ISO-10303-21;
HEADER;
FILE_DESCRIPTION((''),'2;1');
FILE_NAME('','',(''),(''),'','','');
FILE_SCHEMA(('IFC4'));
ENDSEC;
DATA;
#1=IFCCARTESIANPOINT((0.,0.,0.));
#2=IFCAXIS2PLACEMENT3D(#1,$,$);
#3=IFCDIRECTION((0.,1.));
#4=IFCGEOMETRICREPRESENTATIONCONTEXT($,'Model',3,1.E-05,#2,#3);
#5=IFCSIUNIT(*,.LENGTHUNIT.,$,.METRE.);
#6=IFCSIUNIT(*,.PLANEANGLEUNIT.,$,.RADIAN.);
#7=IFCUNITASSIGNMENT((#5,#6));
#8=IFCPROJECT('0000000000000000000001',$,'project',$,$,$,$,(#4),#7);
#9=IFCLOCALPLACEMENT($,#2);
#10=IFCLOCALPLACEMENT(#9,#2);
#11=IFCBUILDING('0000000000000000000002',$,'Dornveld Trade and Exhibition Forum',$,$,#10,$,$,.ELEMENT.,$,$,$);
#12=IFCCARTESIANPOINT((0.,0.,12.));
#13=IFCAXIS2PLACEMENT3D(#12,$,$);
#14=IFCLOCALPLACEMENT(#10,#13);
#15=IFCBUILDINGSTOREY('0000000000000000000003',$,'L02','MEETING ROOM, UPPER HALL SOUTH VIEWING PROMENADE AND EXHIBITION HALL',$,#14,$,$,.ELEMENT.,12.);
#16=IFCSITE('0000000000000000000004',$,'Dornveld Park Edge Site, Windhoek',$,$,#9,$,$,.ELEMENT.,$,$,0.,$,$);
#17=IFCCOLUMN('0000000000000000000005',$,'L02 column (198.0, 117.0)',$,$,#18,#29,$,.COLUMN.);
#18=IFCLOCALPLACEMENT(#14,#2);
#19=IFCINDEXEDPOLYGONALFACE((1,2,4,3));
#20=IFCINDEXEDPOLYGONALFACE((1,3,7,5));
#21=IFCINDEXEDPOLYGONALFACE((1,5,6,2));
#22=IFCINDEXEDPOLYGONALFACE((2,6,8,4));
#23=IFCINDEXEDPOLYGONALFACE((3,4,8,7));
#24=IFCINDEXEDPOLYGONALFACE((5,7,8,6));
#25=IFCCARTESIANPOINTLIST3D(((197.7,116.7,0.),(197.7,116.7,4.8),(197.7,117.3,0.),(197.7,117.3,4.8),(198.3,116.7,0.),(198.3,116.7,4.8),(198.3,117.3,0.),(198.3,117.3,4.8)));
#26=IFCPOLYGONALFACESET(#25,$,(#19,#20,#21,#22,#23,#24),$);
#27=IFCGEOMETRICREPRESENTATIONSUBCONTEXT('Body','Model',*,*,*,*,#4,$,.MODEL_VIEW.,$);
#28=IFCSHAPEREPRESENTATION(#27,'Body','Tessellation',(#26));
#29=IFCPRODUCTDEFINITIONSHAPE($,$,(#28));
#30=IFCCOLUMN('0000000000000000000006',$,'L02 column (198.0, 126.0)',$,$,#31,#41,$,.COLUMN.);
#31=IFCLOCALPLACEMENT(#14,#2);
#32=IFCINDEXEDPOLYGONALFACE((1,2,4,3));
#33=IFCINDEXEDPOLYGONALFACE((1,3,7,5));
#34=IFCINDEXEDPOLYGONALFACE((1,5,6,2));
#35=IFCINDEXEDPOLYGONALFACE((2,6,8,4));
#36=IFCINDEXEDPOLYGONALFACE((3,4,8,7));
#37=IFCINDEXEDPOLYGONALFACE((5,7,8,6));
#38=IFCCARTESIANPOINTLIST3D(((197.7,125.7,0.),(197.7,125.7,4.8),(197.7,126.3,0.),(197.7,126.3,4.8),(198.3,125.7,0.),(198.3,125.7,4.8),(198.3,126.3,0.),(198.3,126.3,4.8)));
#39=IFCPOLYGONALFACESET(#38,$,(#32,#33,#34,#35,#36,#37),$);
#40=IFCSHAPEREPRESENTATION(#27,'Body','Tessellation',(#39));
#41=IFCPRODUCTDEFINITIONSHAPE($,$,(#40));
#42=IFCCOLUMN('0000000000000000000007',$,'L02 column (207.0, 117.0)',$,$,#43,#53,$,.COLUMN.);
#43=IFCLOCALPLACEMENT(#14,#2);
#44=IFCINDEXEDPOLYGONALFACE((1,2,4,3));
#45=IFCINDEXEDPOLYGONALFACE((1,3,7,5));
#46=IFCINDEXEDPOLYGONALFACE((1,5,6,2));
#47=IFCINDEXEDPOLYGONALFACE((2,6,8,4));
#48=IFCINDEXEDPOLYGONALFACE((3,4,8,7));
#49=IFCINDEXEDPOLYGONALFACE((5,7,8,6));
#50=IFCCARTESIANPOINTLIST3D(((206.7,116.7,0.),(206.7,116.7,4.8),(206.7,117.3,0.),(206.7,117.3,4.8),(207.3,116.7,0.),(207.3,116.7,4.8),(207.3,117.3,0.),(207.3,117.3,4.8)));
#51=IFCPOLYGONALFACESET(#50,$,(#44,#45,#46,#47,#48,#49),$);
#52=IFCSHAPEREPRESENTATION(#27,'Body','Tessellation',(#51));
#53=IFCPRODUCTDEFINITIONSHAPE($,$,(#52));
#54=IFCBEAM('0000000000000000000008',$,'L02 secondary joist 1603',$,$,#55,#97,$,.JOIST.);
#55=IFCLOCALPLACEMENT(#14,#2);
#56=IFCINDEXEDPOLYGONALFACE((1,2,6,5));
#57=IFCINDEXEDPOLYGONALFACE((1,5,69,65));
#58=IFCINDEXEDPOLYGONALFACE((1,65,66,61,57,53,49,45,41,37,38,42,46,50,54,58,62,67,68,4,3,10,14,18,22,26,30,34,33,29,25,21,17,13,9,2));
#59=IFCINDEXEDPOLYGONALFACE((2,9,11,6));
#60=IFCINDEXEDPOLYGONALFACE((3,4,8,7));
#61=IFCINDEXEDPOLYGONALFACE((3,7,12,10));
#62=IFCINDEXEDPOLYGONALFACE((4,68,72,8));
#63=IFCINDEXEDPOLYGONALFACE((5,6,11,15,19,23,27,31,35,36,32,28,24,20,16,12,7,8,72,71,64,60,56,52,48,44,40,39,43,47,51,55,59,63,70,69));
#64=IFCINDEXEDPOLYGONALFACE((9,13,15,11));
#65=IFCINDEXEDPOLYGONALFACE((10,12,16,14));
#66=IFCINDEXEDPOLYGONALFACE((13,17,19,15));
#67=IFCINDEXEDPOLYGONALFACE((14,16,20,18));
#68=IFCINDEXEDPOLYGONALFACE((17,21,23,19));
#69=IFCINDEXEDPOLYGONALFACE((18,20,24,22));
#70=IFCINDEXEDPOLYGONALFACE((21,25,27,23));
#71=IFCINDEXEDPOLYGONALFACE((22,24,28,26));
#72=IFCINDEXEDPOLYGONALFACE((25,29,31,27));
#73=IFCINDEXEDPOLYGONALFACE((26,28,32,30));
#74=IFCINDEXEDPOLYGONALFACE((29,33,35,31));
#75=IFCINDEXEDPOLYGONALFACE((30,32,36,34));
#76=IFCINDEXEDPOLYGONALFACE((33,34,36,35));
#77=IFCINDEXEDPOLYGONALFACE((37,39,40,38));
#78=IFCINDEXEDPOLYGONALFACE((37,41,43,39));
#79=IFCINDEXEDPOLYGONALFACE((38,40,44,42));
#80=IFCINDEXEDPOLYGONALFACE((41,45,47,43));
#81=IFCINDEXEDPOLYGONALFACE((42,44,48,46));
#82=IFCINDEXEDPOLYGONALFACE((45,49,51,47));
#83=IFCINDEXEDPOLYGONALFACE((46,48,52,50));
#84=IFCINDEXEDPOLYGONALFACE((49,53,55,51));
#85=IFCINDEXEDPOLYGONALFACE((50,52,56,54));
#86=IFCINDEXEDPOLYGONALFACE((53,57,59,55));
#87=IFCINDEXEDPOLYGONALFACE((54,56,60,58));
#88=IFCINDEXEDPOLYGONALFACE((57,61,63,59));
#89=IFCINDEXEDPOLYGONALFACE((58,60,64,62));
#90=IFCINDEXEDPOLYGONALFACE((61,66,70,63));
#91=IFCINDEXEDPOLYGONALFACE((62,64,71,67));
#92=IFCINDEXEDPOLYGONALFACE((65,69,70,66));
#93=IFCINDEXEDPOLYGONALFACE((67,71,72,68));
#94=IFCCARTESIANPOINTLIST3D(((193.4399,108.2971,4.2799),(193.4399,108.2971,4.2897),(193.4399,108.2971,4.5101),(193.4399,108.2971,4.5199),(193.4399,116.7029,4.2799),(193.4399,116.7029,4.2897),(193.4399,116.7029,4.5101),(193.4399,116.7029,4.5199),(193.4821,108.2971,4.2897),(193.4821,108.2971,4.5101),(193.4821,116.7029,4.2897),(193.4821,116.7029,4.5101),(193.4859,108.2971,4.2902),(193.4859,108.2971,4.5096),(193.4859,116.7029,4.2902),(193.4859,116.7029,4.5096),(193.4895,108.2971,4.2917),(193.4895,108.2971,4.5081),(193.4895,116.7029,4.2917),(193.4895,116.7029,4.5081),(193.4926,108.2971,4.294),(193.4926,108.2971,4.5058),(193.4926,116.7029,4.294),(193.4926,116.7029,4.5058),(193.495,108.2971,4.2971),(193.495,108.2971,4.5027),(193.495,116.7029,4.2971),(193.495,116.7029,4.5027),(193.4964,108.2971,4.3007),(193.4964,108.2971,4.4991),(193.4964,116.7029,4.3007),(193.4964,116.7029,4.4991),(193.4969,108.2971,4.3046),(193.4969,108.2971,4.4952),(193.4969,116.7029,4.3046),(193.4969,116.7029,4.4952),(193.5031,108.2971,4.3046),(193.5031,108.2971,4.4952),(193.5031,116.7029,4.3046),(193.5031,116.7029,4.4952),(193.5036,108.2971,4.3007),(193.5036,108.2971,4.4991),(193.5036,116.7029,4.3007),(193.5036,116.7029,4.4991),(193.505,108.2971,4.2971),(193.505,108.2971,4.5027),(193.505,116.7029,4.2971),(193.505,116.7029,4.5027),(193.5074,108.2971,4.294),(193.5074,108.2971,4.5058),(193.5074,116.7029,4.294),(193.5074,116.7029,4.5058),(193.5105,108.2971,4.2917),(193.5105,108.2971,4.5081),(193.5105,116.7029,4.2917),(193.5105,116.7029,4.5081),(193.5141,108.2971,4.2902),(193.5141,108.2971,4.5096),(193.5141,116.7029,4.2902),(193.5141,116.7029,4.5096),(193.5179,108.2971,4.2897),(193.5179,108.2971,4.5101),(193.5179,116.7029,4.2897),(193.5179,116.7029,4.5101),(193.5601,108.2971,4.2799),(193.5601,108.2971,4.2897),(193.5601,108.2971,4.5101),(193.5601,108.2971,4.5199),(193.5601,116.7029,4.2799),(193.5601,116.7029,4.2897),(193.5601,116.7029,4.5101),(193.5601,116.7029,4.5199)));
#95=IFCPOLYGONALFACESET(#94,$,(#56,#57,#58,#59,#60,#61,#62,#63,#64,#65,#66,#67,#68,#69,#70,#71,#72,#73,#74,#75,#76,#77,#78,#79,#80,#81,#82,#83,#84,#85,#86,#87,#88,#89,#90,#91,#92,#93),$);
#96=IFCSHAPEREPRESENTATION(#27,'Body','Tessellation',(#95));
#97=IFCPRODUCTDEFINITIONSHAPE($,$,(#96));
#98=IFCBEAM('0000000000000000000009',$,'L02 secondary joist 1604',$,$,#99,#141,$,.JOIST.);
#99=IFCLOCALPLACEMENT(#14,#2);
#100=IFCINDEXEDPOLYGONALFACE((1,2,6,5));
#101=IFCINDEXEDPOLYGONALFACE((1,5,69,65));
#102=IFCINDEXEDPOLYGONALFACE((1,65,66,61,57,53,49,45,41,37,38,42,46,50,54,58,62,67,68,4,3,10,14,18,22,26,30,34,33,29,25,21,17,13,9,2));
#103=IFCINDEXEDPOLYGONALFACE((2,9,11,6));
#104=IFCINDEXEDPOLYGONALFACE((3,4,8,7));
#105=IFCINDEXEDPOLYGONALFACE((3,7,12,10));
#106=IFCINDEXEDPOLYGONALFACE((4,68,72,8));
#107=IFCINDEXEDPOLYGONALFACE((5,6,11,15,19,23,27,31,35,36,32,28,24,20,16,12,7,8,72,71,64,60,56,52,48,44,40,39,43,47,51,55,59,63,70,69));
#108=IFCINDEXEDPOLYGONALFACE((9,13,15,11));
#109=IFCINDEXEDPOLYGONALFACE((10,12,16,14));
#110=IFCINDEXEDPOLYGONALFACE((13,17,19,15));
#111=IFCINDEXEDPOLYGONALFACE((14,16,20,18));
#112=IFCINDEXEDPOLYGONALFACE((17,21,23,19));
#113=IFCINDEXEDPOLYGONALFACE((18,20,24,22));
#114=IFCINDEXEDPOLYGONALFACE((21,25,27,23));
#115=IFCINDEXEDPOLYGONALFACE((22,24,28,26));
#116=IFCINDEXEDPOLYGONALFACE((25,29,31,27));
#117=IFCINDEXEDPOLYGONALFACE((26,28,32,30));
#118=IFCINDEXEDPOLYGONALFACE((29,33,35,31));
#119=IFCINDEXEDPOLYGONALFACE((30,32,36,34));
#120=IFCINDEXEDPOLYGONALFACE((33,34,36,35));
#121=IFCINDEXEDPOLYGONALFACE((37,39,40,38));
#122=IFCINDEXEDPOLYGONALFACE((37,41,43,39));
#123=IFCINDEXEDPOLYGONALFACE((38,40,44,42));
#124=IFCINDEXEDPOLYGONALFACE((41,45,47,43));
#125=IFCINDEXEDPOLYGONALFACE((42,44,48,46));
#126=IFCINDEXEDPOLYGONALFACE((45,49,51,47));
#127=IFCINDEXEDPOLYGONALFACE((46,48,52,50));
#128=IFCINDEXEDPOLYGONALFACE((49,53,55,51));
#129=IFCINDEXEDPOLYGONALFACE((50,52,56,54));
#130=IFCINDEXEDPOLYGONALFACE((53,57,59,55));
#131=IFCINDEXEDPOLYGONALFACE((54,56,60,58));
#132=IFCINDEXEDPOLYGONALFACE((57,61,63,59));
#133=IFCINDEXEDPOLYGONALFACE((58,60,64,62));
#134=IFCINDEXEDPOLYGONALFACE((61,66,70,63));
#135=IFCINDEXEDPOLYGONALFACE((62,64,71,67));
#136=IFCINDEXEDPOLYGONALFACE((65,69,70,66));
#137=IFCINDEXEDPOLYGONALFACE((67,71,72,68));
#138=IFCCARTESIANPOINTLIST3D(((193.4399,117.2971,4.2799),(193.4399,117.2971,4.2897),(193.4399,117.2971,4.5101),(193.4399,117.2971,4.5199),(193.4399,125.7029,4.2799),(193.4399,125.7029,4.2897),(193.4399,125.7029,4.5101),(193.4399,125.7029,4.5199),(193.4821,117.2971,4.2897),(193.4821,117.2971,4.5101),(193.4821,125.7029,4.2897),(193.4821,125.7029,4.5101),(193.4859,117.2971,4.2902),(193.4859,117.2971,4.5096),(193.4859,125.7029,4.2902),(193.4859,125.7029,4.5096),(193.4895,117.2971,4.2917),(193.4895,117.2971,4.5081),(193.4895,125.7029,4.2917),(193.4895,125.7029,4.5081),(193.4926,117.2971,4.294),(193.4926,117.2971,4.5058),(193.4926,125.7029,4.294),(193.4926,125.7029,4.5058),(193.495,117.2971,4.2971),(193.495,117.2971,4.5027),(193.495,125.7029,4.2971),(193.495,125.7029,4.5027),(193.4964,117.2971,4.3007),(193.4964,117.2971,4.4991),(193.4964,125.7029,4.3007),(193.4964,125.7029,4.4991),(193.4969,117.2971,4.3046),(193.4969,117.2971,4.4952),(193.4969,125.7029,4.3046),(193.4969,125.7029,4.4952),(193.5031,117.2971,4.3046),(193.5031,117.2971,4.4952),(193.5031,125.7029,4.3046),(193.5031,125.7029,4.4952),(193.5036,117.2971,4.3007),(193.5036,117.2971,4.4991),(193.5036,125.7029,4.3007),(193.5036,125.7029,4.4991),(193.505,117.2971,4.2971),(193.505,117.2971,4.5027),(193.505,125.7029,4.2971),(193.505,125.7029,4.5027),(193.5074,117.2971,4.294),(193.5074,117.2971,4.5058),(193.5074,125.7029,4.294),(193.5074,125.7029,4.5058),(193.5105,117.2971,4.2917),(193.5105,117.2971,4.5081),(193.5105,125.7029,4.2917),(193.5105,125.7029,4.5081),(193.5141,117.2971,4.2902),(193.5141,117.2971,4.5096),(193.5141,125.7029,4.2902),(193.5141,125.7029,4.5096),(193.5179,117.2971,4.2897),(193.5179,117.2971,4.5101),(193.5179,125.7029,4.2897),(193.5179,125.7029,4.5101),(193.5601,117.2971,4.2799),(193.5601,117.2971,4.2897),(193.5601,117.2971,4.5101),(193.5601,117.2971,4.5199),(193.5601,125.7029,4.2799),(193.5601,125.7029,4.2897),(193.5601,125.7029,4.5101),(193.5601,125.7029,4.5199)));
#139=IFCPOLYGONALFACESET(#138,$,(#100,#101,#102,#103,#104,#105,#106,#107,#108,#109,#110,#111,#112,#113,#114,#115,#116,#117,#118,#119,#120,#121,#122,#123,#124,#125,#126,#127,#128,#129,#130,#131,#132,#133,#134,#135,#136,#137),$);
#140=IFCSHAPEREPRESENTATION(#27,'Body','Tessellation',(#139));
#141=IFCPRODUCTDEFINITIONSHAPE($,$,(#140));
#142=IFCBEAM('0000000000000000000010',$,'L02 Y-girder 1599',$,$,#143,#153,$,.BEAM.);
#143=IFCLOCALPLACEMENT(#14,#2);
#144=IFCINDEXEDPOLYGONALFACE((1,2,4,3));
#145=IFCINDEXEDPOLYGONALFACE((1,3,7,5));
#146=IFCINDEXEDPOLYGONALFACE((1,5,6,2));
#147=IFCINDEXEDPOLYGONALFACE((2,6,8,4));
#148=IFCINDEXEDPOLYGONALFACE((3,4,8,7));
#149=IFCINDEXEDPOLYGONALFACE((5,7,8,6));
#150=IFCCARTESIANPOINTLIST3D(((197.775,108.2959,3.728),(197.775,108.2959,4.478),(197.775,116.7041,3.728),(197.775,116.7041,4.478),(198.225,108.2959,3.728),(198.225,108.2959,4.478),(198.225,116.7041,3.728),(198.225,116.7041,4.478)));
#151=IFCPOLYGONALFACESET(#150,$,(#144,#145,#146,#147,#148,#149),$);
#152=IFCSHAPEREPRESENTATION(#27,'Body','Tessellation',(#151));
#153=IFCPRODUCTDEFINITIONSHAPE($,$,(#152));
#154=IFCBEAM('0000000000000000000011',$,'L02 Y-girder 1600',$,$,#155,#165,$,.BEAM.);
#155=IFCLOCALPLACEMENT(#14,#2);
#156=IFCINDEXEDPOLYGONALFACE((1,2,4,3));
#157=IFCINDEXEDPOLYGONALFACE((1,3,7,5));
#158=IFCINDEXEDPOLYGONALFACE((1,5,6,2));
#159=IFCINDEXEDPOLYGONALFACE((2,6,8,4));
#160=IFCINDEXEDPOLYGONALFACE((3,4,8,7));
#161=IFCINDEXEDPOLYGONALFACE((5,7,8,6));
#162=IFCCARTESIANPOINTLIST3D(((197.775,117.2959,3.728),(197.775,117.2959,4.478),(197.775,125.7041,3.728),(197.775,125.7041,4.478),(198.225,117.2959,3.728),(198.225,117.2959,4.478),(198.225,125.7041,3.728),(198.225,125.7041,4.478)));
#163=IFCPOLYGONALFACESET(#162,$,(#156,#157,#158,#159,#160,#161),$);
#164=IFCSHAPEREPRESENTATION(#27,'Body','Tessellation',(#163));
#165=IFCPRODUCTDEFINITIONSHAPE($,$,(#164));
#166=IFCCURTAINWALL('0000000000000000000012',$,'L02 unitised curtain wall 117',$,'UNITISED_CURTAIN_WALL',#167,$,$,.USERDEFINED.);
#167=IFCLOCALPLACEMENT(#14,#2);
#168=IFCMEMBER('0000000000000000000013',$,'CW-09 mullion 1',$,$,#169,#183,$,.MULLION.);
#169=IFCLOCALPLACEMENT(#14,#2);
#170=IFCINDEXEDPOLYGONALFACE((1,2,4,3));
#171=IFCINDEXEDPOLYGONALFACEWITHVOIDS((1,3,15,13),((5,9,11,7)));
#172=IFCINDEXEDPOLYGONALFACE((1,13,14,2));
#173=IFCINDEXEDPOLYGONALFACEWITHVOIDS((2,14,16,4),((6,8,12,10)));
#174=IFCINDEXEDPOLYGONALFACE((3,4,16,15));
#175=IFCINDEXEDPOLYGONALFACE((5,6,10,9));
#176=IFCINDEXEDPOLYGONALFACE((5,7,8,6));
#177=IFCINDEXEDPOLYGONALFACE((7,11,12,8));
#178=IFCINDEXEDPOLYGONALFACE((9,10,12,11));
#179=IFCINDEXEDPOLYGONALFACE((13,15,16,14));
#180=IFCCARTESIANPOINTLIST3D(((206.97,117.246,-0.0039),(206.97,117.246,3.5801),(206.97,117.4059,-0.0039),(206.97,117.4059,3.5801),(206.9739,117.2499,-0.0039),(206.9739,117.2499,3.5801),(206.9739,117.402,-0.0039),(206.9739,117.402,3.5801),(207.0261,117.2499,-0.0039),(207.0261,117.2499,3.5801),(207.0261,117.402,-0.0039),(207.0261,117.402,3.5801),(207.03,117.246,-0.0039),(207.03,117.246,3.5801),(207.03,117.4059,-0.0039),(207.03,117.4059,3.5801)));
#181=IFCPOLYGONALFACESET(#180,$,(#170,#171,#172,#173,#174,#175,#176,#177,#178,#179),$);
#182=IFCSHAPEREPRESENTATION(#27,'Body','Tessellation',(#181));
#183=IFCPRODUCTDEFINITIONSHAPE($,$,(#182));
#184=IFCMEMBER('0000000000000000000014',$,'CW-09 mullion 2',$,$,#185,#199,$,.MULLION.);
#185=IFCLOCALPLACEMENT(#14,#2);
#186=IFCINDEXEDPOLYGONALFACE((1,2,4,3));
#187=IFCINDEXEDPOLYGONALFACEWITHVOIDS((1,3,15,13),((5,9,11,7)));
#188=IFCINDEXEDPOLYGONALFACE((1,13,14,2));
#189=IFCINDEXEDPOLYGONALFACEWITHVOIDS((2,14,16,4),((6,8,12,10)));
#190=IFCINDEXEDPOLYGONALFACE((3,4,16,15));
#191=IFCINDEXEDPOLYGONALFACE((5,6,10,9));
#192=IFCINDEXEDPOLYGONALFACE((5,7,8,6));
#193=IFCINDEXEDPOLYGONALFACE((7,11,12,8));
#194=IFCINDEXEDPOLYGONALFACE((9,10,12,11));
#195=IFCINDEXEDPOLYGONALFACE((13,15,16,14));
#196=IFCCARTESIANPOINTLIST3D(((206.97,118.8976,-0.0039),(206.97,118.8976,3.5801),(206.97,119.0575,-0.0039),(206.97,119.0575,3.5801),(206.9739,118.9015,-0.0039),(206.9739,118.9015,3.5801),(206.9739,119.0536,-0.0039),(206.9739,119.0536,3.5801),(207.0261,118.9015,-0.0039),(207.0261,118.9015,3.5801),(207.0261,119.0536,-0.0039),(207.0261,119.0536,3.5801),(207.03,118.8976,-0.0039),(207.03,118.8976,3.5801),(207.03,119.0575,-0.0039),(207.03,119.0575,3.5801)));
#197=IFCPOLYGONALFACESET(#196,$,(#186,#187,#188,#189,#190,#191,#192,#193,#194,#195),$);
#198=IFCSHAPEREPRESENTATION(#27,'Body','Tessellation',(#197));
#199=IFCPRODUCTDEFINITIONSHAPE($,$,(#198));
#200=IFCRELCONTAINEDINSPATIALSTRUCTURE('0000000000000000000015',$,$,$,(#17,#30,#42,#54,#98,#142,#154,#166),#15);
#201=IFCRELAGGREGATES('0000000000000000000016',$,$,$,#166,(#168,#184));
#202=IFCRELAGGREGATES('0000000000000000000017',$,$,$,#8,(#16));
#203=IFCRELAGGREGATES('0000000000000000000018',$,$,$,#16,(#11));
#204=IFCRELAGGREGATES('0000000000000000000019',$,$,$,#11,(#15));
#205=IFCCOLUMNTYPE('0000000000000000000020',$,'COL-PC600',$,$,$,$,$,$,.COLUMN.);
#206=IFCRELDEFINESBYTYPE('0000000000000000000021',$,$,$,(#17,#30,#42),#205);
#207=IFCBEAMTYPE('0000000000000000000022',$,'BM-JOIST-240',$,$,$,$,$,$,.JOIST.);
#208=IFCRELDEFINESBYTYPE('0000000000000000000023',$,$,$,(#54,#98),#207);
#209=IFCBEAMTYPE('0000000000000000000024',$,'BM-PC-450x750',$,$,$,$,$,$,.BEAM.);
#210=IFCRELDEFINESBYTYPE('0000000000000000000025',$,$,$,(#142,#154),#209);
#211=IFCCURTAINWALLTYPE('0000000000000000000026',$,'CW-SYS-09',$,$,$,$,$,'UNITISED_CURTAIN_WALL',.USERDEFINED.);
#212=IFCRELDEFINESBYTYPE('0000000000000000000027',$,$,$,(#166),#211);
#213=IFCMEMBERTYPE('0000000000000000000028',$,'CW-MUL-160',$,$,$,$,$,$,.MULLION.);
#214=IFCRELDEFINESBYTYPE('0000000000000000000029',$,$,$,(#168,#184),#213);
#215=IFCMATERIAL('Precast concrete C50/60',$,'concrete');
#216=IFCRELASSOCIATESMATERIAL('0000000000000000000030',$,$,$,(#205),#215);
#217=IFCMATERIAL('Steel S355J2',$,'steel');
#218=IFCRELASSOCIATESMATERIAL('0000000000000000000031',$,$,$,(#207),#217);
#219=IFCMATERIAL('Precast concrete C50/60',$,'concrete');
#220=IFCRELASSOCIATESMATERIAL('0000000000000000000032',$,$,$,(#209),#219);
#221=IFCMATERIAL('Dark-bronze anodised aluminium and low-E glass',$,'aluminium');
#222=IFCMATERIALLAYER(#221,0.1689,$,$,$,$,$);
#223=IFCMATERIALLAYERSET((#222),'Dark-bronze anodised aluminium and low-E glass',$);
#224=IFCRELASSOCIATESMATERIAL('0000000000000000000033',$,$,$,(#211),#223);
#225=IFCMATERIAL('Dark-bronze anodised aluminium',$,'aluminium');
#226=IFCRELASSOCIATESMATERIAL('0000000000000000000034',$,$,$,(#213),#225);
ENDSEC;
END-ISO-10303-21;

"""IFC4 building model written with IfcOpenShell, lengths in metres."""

from ifc_helpers import new_model, si_unit, direction, frame, origin, origin_2d, place, context, subcontext, project, spatial, rectangle, hollow_rectangle, i_section, extrude, material, layer, layer_set, material_profile, profile_set, type_object, element, aggregate, save


model = new_model("IFC4")

# Units and contexts
model_context = context("Model", 3, precision=1e-05, world=origin(), true_north=direction((0.0, 1.0)))
body_context = subcontext(model_context, "Body", "Model", "MODEL_VIEW")
ifc_project = project(units=[si_unit("LENGTHUNIT", "METRE"), si_unit("PLANEANGLEUNIT", "RADIAN")], contexts=[model_context])

# Site, building, storey
site_placement = place(None, origin())
site = spatial("IfcSite", under=ifc_project, at=site_placement, Name="Dornveld Park Edge Site, Windhoek", CompositionType="ELEMENT", RefElevation=0.0)
building_placement = place(site_placement, origin())
building = spatial("IfcBuilding", under=site, at=building_placement, Name="Dornveld Trade and Exhibition Forum", CompositionType="ELEMENT")
storey_placement = place(building_placement, frame((0.0, 0.0, 12.0)))
storey = spatial("IfcBuildingStorey", under=building, at=storey_placement, Name="L02", Description="MEETING ROOM, UPPER HALL SOUTH VIEWING PROMENADE AND EXHIBITION HALL", CompositionType="ELEMENT", Elevation=12.0)

# Columns
ifc_material_1 = material(Name="Precast concrete C50/60", Category="concrete")
ifc_material_profile_1 = material_profile(ifc_material_1, rectangle(XDim=0.6001, YDim=0.6001, at=origin_2d()), Name="PC-COL 600x600")
ifc_profile_set_1 = profile_set([ifc_material_profile_1], Name="Precast concrete C50/60")
column_type = type_object("IfcColumnType", Name="COL-PC600", PredefinedType="COLUMN", material=ifc_profile_set_1)
for number, where, z_axis, x_axis, name in (
    (1, (198.0, 117.0, 0.0), (0.0, 0.0, 1.0), (1.0, 0.0, 0.0), "L02 column (198.0, 117.0)"),
    (2, (198.0, 126.0, 0.0), (0.0, 0.0, 1.0), (1.0, 0.0, 0.0), "L02 column (198.0, 126.0)"),
    (3, (207.0, 117.0, 0.0), (0.0, 0.0, 1.0), (1.0, 0.0, 0.0), "L02 column (207.0, 117.0)"),
):
    element("IfcColumn", number, at=place(storey_placement, frame(where, z_axis=z_axis, x_axis=x_axis)), inside=storey, type_object=column_type, Name=name, PredefinedType="COLUMN", context=body_context, shape_type="SweptSolid", body=[
        extrude(rectangle(XDim=0.6001, YDim=0.6001, at=origin_2d()), origin(), (0.0, 0.0, 1.0), 4.8),
    ])

# Beams
ifc_material_2 = material(Name="Steel S355J2", Category="steel")
ifc_material_profile_2 = material_profile(ifc_material_2, i_section(OverallWidth=0.1201, OverallDepth=0.24, WebThickness=0.0061, FlangeThickness=0.0098, FilletRadius=0.0149, at=origin_2d()), Name="IPE 240")
ifc_profile_set_2 = profile_set([ifc_material_profile_2], Name="Steel S355J2")
beam_type_1 = type_object("IfcBeamType", Name="BM-JOIST-240", PredefinedType="JOIST", material=ifc_profile_set_2)
for number, where, z_axis, x_axis, name in (
    (4, (193.5, 108.2971, 4.3999), (0.0, 1.0, 0.0), (-1.0, 0.0, 0.0), "L02 secondary joist 1603"),
    (5, (193.5, 117.2971, 4.3999), (0.0, 1.0, 0.0), (-1.0, 0.0, 0.0), "L02 secondary joist 1604"),
):
    element("IfcBeam", number, at=place(storey_placement, frame(where, z_axis=z_axis, x_axis=x_axis)), inside=storey, type_object=beam_type_1, Name=name, PredefinedType="JOIST", context=body_context, shape_type="SweptSolid", body=[
        extrude(i_section(OverallWidth=0.1201, OverallDepth=0.24, WebThickness=0.0061, FlangeThickness=0.0098, FilletRadius=0.0149, at=origin_2d()), origin(), (0.0, 0.0, 1.0), 8.4058),
    ])
ifc_material_3 = material(Name="Precast concrete C50/60", Category="concrete")
ifc_material_profile_3 = material_profile(ifc_material_3, rectangle(XDim=0.45, YDim=0.75, at=origin_2d()), Name="PC-BM 450x750")
ifc_profile_set_3 = profile_set([ifc_material_profile_3], Name="Precast concrete C50/60")
beam_type_2 = type_object("IfcBeamType", Name="BM-PC-450x750", PredefinedType="BEAM", material=ifc_profile_set_3)
for number, where, z_axis, x_axis, name in (
    (6, (198.0, 108.2959, 4.103), (0.0, 1.0, 0.0), (-1.0, 0.0, 0.0), "L02 Y-girder 1599"),
    (7, (198.0, 117.2959, 4.103), (0.0, 1.0, 0.0), (-1.0, 0.0, 0.0), "L02 Y-girder 1600"),
):
    element("IfcBeam", number, at=place(storey_placement, frame(where, z_axis=z_axis, x_axis=x_axis)), inside=storey, type_object=beam_type_2, Name=name, PredefinedType="BEAM", context=body_context, shape_type="SweptSolid", body=[
        extrude(rectangle(XDim=0.45, YDim=0.75, at=origin_2d()), origin(), (0.0, 0.0, 1.0), 8.4082),
    ])

# Curtain wall, members
ifc_material_4 = material(Name="Dark-bronze anodised aluminium and low-E glass", Category="aluminium")
ifc_layer_1 = layer(ifc_material_4, 0.1689)
ifc_layer_set_1 = layer_set([ifc_layer_1], Name="Dark-bronze anodised aluminium and low-E glass")
curtain_wall_type = type_object("IfcCurtainWallType", Name="CW-SYS-09", ElementType="UNITISED_CURTAIN_WALL", PredefinedType="USERDEFINED", material=ifc_layer_set_1)
curtain_wall_placement = place(storey_placement, origin())
curtain_wall = element("IfcCurtainWall", 8, at=curtain_wall_placement, inside=storey, type_object=curtain_wall_type, Name="L02 unitised curtain wall 117", ObjectType="UNITISED_CURTAIN_WALL", PredefinedType="USERDEFINED")
ifc_material_5 = material(Name="Dark-bronze anodised aluminium", Category="aluminium")
ifc_material_profile_4 = material_profile(ifc_material_5, hollow_rectangle(XDim=0.0601, YDim=0.1599, WallThickness=0.0039, at=origin_2d()), Name="RHS 160x60x4")
ifc_profile_set_4 = profile_set([ifc_material_profile_4], Name="Dark-bronze anodised aluminium")
member_type_1 = type_object("IfcMemberType", Name="CW-MUL-160", PredefinedType="MULLION", material=ifc_profile_set_4)
member_1_placement = place(storey_placement, frame((207.0, 117.3259, -0.0039), z_axis=(0.0, 0.0, 1.0), x_axis=(-1.0, 0.0, 0.0)))
member_1 = element("IfcMember", 9, at=member_1_placement, type_object=member_type_1, Name="CW-09 mullion 1", PredefinedType="MULLION", context=body_context, shape_type="SweptSolid", body=[
    extrude(hollow_rectangle(XDim=0.0601, YDim=0.1599, WallThickness=0.0039, at=origin_2d()), origin(), (0.0, 0.0, 1.0), 3.584),
])
member_2_placement = place(storey_placement, frame((207.0, 118.9775, -0.0039), z_axis=(0.0, 0.0, 1.0), x_axis=(-1.0, 0.0, 0.0)))
member_2 = element("IfcMember", 10, at=member_2_placement, type_object=member_type_1, Name="CW-09 mullion 2", PredefinedType="MULLION", context=body_context, shape_type="SweptSolid", body=[
    extrude(hollow_rectangle(XDim=0.0601, YDim=0.1599, WallThickness=0.0039, at=origin_2d()), origin(), (0.0, 0.0, 1.0), 3.584),
])
aggregate(curtain_wall, [member_1, member_2])

save(model, "model.ifc")
